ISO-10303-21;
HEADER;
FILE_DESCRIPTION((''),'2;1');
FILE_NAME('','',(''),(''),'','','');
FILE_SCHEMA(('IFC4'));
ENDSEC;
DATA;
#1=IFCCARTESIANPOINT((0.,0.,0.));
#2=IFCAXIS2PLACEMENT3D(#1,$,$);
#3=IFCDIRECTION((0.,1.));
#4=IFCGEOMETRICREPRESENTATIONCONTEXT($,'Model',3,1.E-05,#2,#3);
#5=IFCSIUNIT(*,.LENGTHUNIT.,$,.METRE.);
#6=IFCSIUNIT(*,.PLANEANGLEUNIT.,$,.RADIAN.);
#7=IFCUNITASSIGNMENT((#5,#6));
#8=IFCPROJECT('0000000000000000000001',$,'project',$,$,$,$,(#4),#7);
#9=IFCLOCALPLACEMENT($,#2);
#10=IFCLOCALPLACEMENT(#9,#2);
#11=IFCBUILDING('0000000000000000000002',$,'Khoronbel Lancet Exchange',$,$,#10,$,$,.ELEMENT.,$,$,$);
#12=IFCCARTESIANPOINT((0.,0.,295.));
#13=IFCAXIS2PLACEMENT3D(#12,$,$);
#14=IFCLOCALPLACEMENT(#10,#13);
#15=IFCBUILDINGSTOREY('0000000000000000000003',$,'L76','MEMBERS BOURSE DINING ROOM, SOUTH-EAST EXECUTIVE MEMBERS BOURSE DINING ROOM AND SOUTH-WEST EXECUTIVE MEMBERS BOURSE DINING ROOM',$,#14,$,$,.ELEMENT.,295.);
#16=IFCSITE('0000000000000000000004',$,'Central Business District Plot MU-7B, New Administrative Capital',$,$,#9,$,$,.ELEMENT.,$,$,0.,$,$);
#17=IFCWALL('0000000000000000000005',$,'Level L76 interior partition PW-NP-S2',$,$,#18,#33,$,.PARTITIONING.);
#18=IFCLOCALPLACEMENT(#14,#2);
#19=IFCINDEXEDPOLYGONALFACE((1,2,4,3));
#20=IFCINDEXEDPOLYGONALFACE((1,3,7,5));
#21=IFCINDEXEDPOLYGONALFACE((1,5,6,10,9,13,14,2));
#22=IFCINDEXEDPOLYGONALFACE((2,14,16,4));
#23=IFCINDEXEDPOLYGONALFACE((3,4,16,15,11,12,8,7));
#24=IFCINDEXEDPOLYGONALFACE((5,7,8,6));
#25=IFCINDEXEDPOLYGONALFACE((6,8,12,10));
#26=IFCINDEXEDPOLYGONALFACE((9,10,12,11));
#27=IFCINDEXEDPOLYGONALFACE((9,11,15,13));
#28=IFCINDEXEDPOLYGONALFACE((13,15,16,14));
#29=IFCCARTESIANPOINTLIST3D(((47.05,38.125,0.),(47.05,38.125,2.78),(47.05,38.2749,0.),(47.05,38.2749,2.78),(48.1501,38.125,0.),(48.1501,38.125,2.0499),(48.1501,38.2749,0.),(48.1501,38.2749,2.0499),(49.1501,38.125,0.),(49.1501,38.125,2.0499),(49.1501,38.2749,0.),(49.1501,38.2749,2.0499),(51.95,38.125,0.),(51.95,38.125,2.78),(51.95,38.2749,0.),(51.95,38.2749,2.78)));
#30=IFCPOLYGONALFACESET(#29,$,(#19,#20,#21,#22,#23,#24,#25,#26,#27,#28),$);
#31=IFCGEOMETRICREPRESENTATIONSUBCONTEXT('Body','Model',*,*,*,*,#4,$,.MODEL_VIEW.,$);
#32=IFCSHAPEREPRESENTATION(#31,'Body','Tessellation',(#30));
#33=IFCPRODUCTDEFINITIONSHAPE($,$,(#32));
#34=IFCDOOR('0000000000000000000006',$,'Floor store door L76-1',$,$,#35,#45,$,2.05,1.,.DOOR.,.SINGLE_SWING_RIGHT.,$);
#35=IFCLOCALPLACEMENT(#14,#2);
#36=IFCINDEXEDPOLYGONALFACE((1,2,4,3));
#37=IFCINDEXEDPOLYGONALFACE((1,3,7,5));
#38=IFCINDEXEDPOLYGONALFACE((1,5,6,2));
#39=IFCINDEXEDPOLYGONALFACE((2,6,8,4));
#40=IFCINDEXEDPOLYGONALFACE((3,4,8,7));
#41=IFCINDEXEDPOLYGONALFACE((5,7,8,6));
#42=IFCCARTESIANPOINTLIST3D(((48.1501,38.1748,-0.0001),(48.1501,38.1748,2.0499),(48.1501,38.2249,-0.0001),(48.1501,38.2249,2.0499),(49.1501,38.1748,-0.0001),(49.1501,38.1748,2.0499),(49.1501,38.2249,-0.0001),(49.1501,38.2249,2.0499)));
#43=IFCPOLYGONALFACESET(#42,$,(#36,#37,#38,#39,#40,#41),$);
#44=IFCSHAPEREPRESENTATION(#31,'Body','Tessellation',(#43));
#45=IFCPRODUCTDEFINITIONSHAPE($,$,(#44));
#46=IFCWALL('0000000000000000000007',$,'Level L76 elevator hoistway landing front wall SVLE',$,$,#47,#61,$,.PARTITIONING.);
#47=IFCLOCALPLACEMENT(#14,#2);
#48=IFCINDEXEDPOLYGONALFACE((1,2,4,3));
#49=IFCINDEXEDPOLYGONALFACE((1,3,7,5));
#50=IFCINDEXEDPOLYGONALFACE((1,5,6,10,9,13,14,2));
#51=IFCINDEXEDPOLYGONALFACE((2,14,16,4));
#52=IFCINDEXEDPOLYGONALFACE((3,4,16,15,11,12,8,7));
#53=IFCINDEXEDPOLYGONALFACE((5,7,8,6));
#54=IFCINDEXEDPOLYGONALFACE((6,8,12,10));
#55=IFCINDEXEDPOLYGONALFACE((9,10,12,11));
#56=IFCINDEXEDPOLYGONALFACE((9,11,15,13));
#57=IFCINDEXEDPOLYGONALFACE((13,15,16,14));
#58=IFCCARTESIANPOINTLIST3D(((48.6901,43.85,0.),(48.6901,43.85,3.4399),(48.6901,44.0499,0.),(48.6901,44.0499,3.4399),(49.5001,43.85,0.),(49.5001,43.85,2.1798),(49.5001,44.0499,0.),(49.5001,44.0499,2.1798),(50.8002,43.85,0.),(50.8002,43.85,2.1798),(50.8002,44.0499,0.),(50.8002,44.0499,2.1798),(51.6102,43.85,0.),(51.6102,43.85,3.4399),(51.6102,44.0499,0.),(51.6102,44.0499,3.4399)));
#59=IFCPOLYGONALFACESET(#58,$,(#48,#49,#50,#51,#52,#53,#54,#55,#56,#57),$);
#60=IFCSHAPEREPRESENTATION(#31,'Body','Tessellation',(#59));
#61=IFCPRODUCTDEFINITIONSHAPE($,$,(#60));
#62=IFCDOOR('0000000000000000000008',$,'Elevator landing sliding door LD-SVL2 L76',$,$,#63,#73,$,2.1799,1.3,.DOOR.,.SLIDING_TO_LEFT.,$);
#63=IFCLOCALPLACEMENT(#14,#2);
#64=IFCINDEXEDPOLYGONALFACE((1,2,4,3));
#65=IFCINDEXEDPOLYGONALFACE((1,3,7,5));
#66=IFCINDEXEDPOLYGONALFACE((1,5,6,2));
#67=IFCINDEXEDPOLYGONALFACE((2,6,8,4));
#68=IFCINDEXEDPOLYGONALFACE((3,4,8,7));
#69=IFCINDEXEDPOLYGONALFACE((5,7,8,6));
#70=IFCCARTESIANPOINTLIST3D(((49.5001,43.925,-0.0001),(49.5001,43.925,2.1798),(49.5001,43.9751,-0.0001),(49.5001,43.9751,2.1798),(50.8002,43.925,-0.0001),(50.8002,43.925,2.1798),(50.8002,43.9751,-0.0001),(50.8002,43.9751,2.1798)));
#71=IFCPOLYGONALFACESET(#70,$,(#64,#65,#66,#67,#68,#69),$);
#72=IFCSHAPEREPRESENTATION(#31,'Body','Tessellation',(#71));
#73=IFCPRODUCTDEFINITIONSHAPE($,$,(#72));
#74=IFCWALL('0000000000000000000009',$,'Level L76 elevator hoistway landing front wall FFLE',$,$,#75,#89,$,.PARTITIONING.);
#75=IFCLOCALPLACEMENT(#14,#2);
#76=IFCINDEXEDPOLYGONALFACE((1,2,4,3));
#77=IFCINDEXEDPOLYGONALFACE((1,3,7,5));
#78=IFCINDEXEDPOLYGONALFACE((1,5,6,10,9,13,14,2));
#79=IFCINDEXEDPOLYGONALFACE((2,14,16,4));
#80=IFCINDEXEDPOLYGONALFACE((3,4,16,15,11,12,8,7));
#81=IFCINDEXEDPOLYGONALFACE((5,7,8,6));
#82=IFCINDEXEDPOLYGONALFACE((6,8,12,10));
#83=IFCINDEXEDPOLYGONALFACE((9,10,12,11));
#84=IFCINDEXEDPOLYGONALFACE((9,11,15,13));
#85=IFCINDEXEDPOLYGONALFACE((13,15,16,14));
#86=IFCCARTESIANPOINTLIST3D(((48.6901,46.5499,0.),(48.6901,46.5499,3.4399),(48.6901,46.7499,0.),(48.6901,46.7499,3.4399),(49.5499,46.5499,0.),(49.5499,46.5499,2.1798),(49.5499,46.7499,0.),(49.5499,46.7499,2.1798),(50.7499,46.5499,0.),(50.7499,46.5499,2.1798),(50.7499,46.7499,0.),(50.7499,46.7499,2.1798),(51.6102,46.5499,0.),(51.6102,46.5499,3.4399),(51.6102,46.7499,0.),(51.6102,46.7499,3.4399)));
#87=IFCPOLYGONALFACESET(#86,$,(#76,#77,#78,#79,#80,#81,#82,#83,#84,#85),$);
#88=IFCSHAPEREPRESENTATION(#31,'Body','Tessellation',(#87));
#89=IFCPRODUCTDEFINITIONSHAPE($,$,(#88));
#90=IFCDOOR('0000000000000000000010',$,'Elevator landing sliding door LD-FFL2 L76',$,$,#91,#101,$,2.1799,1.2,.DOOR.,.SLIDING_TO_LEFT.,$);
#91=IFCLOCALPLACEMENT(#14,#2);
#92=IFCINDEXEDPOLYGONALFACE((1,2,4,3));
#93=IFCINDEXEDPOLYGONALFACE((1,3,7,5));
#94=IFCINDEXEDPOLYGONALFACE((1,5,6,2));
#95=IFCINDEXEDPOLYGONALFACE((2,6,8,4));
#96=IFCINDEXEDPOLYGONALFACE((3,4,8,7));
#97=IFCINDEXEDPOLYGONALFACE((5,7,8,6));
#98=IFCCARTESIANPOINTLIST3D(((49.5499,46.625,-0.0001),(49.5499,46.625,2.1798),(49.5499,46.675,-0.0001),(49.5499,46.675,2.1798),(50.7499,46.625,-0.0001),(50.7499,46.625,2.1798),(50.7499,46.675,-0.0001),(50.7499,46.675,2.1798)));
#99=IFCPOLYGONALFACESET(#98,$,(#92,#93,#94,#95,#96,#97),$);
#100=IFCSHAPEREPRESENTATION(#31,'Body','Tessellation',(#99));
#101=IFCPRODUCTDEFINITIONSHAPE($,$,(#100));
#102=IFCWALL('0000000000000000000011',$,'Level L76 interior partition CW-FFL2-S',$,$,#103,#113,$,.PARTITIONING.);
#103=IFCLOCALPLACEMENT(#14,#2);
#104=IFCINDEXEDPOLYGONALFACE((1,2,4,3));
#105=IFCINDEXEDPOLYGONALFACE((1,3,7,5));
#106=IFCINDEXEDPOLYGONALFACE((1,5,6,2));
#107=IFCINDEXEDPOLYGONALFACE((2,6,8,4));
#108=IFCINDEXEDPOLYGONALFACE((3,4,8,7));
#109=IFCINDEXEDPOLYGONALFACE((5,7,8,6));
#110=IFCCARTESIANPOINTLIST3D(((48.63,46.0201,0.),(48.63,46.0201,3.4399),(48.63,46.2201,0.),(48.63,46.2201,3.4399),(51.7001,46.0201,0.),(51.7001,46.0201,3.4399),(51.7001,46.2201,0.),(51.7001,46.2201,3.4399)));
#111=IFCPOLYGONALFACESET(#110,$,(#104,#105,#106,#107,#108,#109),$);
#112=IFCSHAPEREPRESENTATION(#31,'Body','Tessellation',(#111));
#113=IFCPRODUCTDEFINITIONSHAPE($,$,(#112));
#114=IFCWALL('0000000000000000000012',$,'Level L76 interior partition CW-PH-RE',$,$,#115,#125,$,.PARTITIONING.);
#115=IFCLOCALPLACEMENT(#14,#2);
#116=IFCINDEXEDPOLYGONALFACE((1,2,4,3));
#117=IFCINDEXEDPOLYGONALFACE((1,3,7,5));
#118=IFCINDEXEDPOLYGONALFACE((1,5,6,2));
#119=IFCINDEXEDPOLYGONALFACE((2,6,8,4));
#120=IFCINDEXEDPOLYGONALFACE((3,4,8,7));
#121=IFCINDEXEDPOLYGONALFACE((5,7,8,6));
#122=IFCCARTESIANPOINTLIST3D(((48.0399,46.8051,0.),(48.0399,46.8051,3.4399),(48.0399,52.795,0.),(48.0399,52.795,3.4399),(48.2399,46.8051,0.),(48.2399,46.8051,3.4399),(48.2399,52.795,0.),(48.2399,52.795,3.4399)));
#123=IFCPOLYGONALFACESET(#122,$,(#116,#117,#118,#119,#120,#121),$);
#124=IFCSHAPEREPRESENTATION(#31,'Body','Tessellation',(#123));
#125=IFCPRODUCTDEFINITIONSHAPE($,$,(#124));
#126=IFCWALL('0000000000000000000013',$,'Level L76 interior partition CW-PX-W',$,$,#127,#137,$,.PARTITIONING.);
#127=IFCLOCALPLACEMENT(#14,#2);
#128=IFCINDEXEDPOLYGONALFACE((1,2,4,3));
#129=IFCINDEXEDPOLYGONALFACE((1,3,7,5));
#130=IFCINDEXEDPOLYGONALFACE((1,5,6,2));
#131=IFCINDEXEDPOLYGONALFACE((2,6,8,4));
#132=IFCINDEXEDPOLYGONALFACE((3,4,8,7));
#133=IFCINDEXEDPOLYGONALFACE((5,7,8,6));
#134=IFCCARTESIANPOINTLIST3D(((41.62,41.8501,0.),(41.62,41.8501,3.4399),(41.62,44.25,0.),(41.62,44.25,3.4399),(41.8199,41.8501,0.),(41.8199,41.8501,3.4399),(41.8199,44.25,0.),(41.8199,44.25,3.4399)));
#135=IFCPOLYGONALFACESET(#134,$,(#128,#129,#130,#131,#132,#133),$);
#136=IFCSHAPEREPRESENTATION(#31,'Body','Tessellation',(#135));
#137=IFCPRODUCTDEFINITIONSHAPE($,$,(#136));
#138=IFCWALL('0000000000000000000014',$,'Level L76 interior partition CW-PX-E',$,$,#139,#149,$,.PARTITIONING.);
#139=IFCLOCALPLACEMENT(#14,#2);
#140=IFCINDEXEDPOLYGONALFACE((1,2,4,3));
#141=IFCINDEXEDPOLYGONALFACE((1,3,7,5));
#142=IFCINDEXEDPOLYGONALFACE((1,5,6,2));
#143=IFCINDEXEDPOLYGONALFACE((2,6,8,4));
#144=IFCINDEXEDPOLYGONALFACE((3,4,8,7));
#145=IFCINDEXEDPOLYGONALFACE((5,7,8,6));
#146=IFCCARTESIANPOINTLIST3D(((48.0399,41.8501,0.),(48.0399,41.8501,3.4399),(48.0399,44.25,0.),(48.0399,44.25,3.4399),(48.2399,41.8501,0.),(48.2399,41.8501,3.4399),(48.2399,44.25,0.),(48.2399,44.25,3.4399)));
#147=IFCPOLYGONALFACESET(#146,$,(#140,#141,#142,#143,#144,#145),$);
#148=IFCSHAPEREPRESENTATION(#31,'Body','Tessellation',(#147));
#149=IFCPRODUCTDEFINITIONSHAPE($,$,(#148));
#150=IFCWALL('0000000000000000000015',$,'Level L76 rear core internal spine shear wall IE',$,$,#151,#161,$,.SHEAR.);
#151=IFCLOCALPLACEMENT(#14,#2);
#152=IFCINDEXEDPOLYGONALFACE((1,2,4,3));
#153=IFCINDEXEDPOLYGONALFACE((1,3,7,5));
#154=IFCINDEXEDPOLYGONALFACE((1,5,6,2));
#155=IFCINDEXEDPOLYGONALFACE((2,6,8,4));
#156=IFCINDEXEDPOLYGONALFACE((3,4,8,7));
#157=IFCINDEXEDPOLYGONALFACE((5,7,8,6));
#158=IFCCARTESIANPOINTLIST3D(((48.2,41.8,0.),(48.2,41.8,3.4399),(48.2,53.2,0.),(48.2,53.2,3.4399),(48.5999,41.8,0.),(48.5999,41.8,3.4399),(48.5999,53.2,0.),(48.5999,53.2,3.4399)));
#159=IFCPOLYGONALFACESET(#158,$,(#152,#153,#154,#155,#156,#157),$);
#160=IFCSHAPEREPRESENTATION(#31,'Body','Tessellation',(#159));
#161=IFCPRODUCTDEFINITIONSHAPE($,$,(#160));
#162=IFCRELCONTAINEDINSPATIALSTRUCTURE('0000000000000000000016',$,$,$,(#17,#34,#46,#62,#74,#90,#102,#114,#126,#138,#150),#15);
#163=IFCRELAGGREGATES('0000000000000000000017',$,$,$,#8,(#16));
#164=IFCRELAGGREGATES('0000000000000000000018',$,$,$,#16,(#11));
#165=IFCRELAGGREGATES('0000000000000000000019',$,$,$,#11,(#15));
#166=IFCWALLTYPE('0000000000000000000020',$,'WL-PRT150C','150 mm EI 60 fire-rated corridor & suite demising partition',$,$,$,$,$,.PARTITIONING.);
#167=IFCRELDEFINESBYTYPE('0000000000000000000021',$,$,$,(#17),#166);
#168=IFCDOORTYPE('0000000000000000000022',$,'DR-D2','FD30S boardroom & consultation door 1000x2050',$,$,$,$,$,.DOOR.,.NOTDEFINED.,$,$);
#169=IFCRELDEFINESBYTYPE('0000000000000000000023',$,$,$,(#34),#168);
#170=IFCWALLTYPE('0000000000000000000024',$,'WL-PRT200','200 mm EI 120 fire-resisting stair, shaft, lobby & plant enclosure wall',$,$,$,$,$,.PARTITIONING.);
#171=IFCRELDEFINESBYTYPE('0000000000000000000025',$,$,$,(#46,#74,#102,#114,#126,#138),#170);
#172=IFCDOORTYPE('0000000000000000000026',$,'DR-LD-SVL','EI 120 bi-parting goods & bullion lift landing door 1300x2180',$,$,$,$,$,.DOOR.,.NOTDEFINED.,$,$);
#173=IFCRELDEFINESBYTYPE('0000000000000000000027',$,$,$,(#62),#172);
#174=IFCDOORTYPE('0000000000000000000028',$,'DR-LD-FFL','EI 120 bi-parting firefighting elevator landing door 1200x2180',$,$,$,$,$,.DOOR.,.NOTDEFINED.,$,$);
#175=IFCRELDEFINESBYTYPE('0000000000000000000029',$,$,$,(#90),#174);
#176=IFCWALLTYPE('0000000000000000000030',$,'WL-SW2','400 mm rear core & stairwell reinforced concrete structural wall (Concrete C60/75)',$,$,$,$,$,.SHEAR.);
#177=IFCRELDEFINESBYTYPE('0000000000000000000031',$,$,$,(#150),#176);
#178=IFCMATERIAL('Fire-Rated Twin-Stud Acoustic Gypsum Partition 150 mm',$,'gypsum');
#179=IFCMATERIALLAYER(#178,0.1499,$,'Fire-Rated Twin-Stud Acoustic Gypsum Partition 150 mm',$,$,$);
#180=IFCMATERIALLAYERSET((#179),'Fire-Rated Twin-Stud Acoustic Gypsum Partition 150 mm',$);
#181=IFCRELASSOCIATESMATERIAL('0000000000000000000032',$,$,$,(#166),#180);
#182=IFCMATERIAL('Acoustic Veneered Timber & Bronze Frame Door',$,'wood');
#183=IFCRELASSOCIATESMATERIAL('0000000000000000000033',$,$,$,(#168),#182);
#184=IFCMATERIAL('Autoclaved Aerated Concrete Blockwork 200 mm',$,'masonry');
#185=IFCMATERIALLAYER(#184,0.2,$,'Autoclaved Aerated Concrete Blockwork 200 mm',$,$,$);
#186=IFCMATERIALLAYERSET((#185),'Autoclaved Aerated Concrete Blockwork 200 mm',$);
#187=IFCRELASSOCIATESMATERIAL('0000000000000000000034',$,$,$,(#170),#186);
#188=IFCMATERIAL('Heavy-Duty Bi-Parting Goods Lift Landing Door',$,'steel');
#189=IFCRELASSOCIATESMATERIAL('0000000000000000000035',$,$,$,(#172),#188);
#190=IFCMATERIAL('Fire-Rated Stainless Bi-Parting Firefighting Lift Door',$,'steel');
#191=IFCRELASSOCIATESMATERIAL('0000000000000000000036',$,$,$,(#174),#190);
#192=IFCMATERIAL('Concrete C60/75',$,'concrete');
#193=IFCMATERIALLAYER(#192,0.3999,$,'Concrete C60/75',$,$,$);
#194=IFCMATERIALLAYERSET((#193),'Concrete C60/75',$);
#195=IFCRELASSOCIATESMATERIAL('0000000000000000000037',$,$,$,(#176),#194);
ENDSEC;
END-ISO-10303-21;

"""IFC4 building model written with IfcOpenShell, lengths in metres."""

from ifc_helpers import new_model, si_unit, direction, frame, frame_2d, origin, place, context, subcontext, project, spatial, rectangle, extrude, material, layer, layer_set, type_object, element, fill, save


model = new_model("IFC4")

# Units and contexts
model_context = context("Model", 3, precision=1e-05, world=origin(), true_north=direction((0.0, 1.0)))
body_context = subcontext(model_context, "Body", "Model", "MODEL_VIEW")
ifc_project = project(units=[si_unit("LENGTHUNIT", "METRE"), si_unit("PLANEANGLEUNIT", "RADIAN")], contexts=[model_context])

# Site, building, storey
site_placement = place(None, origin())
site = spatial("IfcSite", under=ifc_project, at=site_placement, Name="Central Business District Plot MU-7B, New Administrative Capital", CompositionType="ELEMENT", RefElevation=0.0)
building_placement = place(site_placement, origin())
building = spatial("IfcBuilding", under=site, at=building_placement, Name="Khoronbel Lancet Exchange", CompositionType="ELEMENT")
storey_placement = place(building_placement, frame((0.0, 0.0, 295.0)))
storey = spatial("IfcBuildingStorey", under=building, at=storey_placement, Name="L76", Description="MEMBERS BOURSE DINING ROOM, SOUTH-EAST EXECUTIVE MEMBERS BOURSE DINING ROOM AND SOUTH-WEST EXECUTIVE MEMBERS BOURSE DINING ROOM", CompositionType="ELEMENT", Elevation=295.0)

# Walls, openings, doors
ifc_material_1 = material(Name="Fire-Rated Twin-Stud Acoustic Gypsum Partition 150 mm", Category="gypsum")
ifc_layer_1 = layer(ifc_material_1, 0.1499, Name="Fire-Rated Twin-Stud Acoustic Gypsum Partition 150 mm")
ifc_layer_set_1 = layer_set([ifc_layer_1], Name="Fire-Rated Twin-Stud Acoustic Gypsum Partition 150 mm")
wall_type_1 = type_object("IfcWallType", Name="WL-PRT150C", Description="150 mm EI 60 fire-rated corridor & suite demising partition", PredefinedType="PARTITIONING", material=ifc_layer_set_1)
wall_1_placement = place(storey_placement, frame((47.05, 38.2, 0.0), z_axis=(0.0, 0.0, 1.0), x_axis=(1.0, 0.0, 0.0)))
wall_1 = element("IfcWall", 1, at=wall_1_placement, inside=storey, type_object=wall_type_1, Name="Level L76 interior partition PW-NP-S2", PredefinedType="PARTITIONING", context=body_context, shape_type="SweptSolid", body=[
    extrude(rectangle(XDim=4.8999, YDim=0.1499, at=frame_2d((2.45, 0.0))), origin(), (0.0, 0.0, 1.0), 2.78),
])
opening_1_placement = place(wall_1_placement, frame((1.1001, 0.0, 0.0)))
opening_1 = element("IfcOpeningElement", 2, at=opening_1_placement, cuts=wall_1, PredefinedType="OPENING", context=body_context, shape_type="SweptSolid", body=[
    extrude(rectangle(XDim=1.0, YDim=2.05, at=frame_2d((0.5, 1.0249))), frame((0.0, 0.085, 0.0), z_axis=(0.0, -1.0, 0.0), x_axis=(1.0, 0.0, 0.0)), (0.0, 0.0, 1.0), 0.1699),
])
ifc_material_2 = material(Name="Acoustic Veneered Timber & Bronze Frame Door", Category="wood")
door_type_1 = type_object("IfcDoorType", Name="DR-D2", Description="FD30S boardroom & consultation door 1000x2050", OperationType="NOTDEFINED", PredefinedType="DOOR", material=ifc_material_2)
door_1_placement = place(opening_1_placement, origin())
door_1 = element("IfcDoor", 3, at=door_1_placement, inside=storey, type_object=door_type_1, Name="Floor store door L76-1", OperationType="SINGLE_SWING_RIGHT", OverallHeight=2.05, OverallWidth=1.0, PredefinedType="DOOR", context=body_context, shape_type="SweptSolid", body=[
    extrude(rectangle(XDim=1.0, YDim=2.05, at=frame_2d((0.5, 1.0249))), frame((0.0, 0.0249, 0.0), z_axis=(0.0, -1.0, 0.0), x_axis=(1.0, 0.0, 0.0)), (0.0, 0.0, 1.0), 0.05),
])
fill(opening_1, door_1)
ifc_material_3 = material(Name="Autoclaved Aerated Concrete Blockwork 200 mm", Category="masonry")
ifc_layer_2 = layer(ifc_material_3, 0.2, Name="Autoclaved Aerated Concrete Blockwork 200 mm")
ifc_layer_set_2 = layer_set([ifc_layer_2], Name="Autoclaved Aerated Concrete Blockwork 200 mm")
wall_type_2 = type_object("IfcWallType", Name="WL-PRT200", Description="200 mm EI 120 fire-resisting stair, shaft, lobby & plant enclosure wall", PredefinedType="PARTITIONING", material=ifc_layer_set_2)
wall_2_placement = place(storey_placement, frame((51.6101, 43.95, 0.0), z_axis=(0.0, 0.0, 1.0), x_axis=(-1.0, 0.0, 0.0)))
wall_2 = element("IfcWall", 4, at=wall_2_placement, inside=storey, type_object=wall_type_2, Name="Level L76 elevator hoistway landing front wall SVLE", PredefinedType="PARTITIONING", context=body_context, shape_type="SweptSolid", body=[
    extrude(rectangle(XDim=2.9202, YDim=0.2, at=frame_2d((1.46, 0.0))), origin(), (0.0, 0.0, 1.0), 3.4399),
])
opening_2_placement = place(wall_2_placement, frame((0.8101, 0.0, 0.0)))
opening_2 = element("IfcOpeningElement", 5, at=opening_2_placement, cuts=wall_2, PredefinedType="OPENING", context=body_context, shape_type="SweptSolid", body=[
    extrude(rectangle(XDim=1.3, YDim=2.1799, at=frame_2d((0.6499, 1.0898))), frame((0.0, 0.1099, 0.0), z_axis=(0.0, -1.0, 0.0), x_axis=(1.0, 0.0, 0.0)), (0.0, 0.0, 1.0), 0.22),
])
ifc_material_4 = material(Name="Heavy-Duty Bi-Parting Goods Lift Landing Door", Category="steel")
door_type_2 = type_object("IfcDoorType", Name="DR-LD-SVL", Description="EI 120 bi-parting goods & bullion lift landing door 1300x2180", OperationType="NOTDEFINED", PredefinedType="DOOR", material=ifc_material_4)
door_2_placement = place(opening_2_placement, origin())
door_2 = element("IfcDoor", 6, at=door_2_placement, inside=storey, type_object=door_type_2, Name="Elevator landing sliding door LD-SVL2 L76", OperationType="SLIDING_TO_LEFT", OverallHeight=2.1799, OverallWidth=1.3, PredefinedType="DOOR", context=body_context, shape_type="SweptSolid", body=[
    extrude(rectangle(XDim=1.3, YDim=2.1799, at=frame_2d((0.6499, 1.0898))), frame((0.0, 0.0249, 0.0), z_axis=(0.0, -1.0, 0.0), x_axis=(1.0, 0.0, 0.0)), (0.0, 0.0, 1.0), 0.05),
])
fill(opening_2, door_2)
wall_3_placement = place(storey_placement, frame((51.6101, 46.6499, 0.0), z_axis=(0.0, 0.0, 1.0), x_axis=(-1.0, 0.0, 0.0)))
wall_3 = element("IfcWall", 7, at=wall_3_placement, inside=storey, type_object=wall_type_2, Name="Level L76 elevator hoistway landing front wall FFLE", PredefinedType="PARTITIONING", context=body_context, shape_type="SweptSolid", body=[
    extrude(rectangle(XDim=2.9202, YDim=0.2, at=frame_2d((1.46, 0.0))), origin(), (0.0, 0.0, 1.0), 3.4399),
])
opening_3_placement = place(wall_3_placement, frame((0.8601, 0.0, 0.0)))
opening_3 = element("IfcOpeningElement", 8, at=opening_3_placement, cuts=wall_3, PredefinedType="OPENING", context=body_context, shape_type="SweptSolid", body=[
    extrude(rectangle(XDim=1.2, YDim=2.1799, at=frame_2d((0.6001, 1.0898))), frame((0.0, 0.1099, 0.0), z_axis=(0.0, -1.0, 0.0), x_axis=(1.0, 0.0, 0.0)), (0.0, 0.0, 1.0), 0.22),
])
ifc_material_5 = material(Name="Fire-Rated Stainless Bi-Parting Firefighting Lift Door", Category="steel")
door_type_3 = type_object("IfcDoorType", Name="DR-LD-FFL", Description="EI 120 bi-parting firefighting elevator landing door 1200x2180", OperationType="NOTDEFINED", PredefinedType="DOOR", material=ifc_material_5)
door_3_placement = place(opening_3_placement, origin())
door_3 = element("IfcDoor", 9, at=door_3_placement, inside=storey, type_object=door_type_3, Name="Elevator landing sliding door LD-FFL2 L76", OperationType="SLIDING_TO_LEFT", OverallHeight=2.1799, OverallWidth=1.2, PredefinedType="DOOR", context=body_context, shape_type="SweptSolid", body=[
    extrude(rectangle(XDim=1.2, YDim=2.1799, at=frame_2d((0.6001, 1.0898))), frame((0.0, 0.0249, 0.0), z_axis=(0.0, -1.0, 0.0), x_axis=(1.0, 0.0, 0.0)), (0.0, 0.0, 1.0), 0.05),
])
fill(opening_3, door_3)

# Walls
wall_4_placement = place(storey_placement, frame((48.6299, 46.1201, 0.0), z_axis=(0.0, 0.0, 1.0), x_axis=(1.0, 0.0, 0.0)))
element("IfcWall", 10, at=wall_4_placement, inside=storey, type_object=wall_type_2, Name="Level L76 interior partition CW-FFL2-S", PredefinedType="PARTITIONING", context=body_context, shape_type="SweptSolid", body=[
    extrude(rectangle(XDim=3.0701, YDim=0.2, at=frame_2d((1.5352, 0.0))), origin(), (0.0, 0.0, 1.0), 3.4399),
])
wall_5_placement = place(storey_placement, frame((48.1399, 46.8049, 0.0), z_axis=(0.0, 0.0, 1.0), x_axis=(0.0, 1.0, 0.0)))
element("IfcWall", 11, at=wall_5_placement, inside=storey, type_object=wall_type_2, Name="Level L76 interior partition CW-PH-RE", PredefinedType="PARTITIONING", context=body_context, shape_type="SweptSolid", body=[
    extrude(rectangle(XDim=5.99, YDim=0.2, at=frame_2d((2.9951, 0.0))), origin(), (0.0, 0.0, 1.0), 3.4399),
])
for number, where, z_axis, x_axis, name in (
    (12, (41.72, 41.8501, 0.0), (0.0, 0.0, 1.0), (0.0, 1.0, 0.0), "Level L76 interior partition CW-PX-W"),
    (13, (48.1399, 41.8501, 0.0), (0.0, 0.0, 1.0), (0.0, 1.0, 0.0), "Level L76 interior partition CW-PX-E"),
):
    element("IfcWall", number, at=place(storey_placement, frame(where, z_axis=z_axis, x_axis=x_axis)), inside=storey, type_object=wall_type_2, Name=name, PredefinedType="PARTITIONING", context=body_context, shape_type="SweptSolid", body=[
        extrude(rectangle(XDim=2.3999, YDim=0.2, at=frame_2d((1.2, 0.0))), origin(), (0.0, 0.0, 1.0), 3.4399),
    ])
ifc_material_6 = material(Name="Concrete C60/75", Category="concrete")
ifc_layer_3 = layer(ifc_material_6, 0.3999, Name="Concrete C60/75")
ifc_layer_set_3 = layer_set([ifc_layer_3], Name="Concrete C60/75")
wall_type_3 = type_object("IfcWallType", Name="WL-SW2", Description="400 mm rear core & stairwell reinforced concrete structural wall (Concrete C60/75)", PredefinedType="SHEAR", material=ifc_layer_set_3)
wall_6_placement = place(storey_placement, frame((48.3999, 41.8, 0.0), z_axis=(0.0, 0.0, 1.0), x_axis=(0.0, 1.0, 0.0)))
element("IfcWall", 14, at=wall_6_placement, inside=storey, type_object=wall_type_3, Name="Level L76 rear core internal spine shear wall IE", PredefinedType="SHEAR", context=body_context, shape_type="SweptSolid", body=[
    extrude(rectangle(XDim=11.3999, YDim=0.3999, at=frame_2d((5.7, 0.0))), origin(), (0.0, 0.0, 1.0), 3.4399),
])

save(model, "model.ifc")
